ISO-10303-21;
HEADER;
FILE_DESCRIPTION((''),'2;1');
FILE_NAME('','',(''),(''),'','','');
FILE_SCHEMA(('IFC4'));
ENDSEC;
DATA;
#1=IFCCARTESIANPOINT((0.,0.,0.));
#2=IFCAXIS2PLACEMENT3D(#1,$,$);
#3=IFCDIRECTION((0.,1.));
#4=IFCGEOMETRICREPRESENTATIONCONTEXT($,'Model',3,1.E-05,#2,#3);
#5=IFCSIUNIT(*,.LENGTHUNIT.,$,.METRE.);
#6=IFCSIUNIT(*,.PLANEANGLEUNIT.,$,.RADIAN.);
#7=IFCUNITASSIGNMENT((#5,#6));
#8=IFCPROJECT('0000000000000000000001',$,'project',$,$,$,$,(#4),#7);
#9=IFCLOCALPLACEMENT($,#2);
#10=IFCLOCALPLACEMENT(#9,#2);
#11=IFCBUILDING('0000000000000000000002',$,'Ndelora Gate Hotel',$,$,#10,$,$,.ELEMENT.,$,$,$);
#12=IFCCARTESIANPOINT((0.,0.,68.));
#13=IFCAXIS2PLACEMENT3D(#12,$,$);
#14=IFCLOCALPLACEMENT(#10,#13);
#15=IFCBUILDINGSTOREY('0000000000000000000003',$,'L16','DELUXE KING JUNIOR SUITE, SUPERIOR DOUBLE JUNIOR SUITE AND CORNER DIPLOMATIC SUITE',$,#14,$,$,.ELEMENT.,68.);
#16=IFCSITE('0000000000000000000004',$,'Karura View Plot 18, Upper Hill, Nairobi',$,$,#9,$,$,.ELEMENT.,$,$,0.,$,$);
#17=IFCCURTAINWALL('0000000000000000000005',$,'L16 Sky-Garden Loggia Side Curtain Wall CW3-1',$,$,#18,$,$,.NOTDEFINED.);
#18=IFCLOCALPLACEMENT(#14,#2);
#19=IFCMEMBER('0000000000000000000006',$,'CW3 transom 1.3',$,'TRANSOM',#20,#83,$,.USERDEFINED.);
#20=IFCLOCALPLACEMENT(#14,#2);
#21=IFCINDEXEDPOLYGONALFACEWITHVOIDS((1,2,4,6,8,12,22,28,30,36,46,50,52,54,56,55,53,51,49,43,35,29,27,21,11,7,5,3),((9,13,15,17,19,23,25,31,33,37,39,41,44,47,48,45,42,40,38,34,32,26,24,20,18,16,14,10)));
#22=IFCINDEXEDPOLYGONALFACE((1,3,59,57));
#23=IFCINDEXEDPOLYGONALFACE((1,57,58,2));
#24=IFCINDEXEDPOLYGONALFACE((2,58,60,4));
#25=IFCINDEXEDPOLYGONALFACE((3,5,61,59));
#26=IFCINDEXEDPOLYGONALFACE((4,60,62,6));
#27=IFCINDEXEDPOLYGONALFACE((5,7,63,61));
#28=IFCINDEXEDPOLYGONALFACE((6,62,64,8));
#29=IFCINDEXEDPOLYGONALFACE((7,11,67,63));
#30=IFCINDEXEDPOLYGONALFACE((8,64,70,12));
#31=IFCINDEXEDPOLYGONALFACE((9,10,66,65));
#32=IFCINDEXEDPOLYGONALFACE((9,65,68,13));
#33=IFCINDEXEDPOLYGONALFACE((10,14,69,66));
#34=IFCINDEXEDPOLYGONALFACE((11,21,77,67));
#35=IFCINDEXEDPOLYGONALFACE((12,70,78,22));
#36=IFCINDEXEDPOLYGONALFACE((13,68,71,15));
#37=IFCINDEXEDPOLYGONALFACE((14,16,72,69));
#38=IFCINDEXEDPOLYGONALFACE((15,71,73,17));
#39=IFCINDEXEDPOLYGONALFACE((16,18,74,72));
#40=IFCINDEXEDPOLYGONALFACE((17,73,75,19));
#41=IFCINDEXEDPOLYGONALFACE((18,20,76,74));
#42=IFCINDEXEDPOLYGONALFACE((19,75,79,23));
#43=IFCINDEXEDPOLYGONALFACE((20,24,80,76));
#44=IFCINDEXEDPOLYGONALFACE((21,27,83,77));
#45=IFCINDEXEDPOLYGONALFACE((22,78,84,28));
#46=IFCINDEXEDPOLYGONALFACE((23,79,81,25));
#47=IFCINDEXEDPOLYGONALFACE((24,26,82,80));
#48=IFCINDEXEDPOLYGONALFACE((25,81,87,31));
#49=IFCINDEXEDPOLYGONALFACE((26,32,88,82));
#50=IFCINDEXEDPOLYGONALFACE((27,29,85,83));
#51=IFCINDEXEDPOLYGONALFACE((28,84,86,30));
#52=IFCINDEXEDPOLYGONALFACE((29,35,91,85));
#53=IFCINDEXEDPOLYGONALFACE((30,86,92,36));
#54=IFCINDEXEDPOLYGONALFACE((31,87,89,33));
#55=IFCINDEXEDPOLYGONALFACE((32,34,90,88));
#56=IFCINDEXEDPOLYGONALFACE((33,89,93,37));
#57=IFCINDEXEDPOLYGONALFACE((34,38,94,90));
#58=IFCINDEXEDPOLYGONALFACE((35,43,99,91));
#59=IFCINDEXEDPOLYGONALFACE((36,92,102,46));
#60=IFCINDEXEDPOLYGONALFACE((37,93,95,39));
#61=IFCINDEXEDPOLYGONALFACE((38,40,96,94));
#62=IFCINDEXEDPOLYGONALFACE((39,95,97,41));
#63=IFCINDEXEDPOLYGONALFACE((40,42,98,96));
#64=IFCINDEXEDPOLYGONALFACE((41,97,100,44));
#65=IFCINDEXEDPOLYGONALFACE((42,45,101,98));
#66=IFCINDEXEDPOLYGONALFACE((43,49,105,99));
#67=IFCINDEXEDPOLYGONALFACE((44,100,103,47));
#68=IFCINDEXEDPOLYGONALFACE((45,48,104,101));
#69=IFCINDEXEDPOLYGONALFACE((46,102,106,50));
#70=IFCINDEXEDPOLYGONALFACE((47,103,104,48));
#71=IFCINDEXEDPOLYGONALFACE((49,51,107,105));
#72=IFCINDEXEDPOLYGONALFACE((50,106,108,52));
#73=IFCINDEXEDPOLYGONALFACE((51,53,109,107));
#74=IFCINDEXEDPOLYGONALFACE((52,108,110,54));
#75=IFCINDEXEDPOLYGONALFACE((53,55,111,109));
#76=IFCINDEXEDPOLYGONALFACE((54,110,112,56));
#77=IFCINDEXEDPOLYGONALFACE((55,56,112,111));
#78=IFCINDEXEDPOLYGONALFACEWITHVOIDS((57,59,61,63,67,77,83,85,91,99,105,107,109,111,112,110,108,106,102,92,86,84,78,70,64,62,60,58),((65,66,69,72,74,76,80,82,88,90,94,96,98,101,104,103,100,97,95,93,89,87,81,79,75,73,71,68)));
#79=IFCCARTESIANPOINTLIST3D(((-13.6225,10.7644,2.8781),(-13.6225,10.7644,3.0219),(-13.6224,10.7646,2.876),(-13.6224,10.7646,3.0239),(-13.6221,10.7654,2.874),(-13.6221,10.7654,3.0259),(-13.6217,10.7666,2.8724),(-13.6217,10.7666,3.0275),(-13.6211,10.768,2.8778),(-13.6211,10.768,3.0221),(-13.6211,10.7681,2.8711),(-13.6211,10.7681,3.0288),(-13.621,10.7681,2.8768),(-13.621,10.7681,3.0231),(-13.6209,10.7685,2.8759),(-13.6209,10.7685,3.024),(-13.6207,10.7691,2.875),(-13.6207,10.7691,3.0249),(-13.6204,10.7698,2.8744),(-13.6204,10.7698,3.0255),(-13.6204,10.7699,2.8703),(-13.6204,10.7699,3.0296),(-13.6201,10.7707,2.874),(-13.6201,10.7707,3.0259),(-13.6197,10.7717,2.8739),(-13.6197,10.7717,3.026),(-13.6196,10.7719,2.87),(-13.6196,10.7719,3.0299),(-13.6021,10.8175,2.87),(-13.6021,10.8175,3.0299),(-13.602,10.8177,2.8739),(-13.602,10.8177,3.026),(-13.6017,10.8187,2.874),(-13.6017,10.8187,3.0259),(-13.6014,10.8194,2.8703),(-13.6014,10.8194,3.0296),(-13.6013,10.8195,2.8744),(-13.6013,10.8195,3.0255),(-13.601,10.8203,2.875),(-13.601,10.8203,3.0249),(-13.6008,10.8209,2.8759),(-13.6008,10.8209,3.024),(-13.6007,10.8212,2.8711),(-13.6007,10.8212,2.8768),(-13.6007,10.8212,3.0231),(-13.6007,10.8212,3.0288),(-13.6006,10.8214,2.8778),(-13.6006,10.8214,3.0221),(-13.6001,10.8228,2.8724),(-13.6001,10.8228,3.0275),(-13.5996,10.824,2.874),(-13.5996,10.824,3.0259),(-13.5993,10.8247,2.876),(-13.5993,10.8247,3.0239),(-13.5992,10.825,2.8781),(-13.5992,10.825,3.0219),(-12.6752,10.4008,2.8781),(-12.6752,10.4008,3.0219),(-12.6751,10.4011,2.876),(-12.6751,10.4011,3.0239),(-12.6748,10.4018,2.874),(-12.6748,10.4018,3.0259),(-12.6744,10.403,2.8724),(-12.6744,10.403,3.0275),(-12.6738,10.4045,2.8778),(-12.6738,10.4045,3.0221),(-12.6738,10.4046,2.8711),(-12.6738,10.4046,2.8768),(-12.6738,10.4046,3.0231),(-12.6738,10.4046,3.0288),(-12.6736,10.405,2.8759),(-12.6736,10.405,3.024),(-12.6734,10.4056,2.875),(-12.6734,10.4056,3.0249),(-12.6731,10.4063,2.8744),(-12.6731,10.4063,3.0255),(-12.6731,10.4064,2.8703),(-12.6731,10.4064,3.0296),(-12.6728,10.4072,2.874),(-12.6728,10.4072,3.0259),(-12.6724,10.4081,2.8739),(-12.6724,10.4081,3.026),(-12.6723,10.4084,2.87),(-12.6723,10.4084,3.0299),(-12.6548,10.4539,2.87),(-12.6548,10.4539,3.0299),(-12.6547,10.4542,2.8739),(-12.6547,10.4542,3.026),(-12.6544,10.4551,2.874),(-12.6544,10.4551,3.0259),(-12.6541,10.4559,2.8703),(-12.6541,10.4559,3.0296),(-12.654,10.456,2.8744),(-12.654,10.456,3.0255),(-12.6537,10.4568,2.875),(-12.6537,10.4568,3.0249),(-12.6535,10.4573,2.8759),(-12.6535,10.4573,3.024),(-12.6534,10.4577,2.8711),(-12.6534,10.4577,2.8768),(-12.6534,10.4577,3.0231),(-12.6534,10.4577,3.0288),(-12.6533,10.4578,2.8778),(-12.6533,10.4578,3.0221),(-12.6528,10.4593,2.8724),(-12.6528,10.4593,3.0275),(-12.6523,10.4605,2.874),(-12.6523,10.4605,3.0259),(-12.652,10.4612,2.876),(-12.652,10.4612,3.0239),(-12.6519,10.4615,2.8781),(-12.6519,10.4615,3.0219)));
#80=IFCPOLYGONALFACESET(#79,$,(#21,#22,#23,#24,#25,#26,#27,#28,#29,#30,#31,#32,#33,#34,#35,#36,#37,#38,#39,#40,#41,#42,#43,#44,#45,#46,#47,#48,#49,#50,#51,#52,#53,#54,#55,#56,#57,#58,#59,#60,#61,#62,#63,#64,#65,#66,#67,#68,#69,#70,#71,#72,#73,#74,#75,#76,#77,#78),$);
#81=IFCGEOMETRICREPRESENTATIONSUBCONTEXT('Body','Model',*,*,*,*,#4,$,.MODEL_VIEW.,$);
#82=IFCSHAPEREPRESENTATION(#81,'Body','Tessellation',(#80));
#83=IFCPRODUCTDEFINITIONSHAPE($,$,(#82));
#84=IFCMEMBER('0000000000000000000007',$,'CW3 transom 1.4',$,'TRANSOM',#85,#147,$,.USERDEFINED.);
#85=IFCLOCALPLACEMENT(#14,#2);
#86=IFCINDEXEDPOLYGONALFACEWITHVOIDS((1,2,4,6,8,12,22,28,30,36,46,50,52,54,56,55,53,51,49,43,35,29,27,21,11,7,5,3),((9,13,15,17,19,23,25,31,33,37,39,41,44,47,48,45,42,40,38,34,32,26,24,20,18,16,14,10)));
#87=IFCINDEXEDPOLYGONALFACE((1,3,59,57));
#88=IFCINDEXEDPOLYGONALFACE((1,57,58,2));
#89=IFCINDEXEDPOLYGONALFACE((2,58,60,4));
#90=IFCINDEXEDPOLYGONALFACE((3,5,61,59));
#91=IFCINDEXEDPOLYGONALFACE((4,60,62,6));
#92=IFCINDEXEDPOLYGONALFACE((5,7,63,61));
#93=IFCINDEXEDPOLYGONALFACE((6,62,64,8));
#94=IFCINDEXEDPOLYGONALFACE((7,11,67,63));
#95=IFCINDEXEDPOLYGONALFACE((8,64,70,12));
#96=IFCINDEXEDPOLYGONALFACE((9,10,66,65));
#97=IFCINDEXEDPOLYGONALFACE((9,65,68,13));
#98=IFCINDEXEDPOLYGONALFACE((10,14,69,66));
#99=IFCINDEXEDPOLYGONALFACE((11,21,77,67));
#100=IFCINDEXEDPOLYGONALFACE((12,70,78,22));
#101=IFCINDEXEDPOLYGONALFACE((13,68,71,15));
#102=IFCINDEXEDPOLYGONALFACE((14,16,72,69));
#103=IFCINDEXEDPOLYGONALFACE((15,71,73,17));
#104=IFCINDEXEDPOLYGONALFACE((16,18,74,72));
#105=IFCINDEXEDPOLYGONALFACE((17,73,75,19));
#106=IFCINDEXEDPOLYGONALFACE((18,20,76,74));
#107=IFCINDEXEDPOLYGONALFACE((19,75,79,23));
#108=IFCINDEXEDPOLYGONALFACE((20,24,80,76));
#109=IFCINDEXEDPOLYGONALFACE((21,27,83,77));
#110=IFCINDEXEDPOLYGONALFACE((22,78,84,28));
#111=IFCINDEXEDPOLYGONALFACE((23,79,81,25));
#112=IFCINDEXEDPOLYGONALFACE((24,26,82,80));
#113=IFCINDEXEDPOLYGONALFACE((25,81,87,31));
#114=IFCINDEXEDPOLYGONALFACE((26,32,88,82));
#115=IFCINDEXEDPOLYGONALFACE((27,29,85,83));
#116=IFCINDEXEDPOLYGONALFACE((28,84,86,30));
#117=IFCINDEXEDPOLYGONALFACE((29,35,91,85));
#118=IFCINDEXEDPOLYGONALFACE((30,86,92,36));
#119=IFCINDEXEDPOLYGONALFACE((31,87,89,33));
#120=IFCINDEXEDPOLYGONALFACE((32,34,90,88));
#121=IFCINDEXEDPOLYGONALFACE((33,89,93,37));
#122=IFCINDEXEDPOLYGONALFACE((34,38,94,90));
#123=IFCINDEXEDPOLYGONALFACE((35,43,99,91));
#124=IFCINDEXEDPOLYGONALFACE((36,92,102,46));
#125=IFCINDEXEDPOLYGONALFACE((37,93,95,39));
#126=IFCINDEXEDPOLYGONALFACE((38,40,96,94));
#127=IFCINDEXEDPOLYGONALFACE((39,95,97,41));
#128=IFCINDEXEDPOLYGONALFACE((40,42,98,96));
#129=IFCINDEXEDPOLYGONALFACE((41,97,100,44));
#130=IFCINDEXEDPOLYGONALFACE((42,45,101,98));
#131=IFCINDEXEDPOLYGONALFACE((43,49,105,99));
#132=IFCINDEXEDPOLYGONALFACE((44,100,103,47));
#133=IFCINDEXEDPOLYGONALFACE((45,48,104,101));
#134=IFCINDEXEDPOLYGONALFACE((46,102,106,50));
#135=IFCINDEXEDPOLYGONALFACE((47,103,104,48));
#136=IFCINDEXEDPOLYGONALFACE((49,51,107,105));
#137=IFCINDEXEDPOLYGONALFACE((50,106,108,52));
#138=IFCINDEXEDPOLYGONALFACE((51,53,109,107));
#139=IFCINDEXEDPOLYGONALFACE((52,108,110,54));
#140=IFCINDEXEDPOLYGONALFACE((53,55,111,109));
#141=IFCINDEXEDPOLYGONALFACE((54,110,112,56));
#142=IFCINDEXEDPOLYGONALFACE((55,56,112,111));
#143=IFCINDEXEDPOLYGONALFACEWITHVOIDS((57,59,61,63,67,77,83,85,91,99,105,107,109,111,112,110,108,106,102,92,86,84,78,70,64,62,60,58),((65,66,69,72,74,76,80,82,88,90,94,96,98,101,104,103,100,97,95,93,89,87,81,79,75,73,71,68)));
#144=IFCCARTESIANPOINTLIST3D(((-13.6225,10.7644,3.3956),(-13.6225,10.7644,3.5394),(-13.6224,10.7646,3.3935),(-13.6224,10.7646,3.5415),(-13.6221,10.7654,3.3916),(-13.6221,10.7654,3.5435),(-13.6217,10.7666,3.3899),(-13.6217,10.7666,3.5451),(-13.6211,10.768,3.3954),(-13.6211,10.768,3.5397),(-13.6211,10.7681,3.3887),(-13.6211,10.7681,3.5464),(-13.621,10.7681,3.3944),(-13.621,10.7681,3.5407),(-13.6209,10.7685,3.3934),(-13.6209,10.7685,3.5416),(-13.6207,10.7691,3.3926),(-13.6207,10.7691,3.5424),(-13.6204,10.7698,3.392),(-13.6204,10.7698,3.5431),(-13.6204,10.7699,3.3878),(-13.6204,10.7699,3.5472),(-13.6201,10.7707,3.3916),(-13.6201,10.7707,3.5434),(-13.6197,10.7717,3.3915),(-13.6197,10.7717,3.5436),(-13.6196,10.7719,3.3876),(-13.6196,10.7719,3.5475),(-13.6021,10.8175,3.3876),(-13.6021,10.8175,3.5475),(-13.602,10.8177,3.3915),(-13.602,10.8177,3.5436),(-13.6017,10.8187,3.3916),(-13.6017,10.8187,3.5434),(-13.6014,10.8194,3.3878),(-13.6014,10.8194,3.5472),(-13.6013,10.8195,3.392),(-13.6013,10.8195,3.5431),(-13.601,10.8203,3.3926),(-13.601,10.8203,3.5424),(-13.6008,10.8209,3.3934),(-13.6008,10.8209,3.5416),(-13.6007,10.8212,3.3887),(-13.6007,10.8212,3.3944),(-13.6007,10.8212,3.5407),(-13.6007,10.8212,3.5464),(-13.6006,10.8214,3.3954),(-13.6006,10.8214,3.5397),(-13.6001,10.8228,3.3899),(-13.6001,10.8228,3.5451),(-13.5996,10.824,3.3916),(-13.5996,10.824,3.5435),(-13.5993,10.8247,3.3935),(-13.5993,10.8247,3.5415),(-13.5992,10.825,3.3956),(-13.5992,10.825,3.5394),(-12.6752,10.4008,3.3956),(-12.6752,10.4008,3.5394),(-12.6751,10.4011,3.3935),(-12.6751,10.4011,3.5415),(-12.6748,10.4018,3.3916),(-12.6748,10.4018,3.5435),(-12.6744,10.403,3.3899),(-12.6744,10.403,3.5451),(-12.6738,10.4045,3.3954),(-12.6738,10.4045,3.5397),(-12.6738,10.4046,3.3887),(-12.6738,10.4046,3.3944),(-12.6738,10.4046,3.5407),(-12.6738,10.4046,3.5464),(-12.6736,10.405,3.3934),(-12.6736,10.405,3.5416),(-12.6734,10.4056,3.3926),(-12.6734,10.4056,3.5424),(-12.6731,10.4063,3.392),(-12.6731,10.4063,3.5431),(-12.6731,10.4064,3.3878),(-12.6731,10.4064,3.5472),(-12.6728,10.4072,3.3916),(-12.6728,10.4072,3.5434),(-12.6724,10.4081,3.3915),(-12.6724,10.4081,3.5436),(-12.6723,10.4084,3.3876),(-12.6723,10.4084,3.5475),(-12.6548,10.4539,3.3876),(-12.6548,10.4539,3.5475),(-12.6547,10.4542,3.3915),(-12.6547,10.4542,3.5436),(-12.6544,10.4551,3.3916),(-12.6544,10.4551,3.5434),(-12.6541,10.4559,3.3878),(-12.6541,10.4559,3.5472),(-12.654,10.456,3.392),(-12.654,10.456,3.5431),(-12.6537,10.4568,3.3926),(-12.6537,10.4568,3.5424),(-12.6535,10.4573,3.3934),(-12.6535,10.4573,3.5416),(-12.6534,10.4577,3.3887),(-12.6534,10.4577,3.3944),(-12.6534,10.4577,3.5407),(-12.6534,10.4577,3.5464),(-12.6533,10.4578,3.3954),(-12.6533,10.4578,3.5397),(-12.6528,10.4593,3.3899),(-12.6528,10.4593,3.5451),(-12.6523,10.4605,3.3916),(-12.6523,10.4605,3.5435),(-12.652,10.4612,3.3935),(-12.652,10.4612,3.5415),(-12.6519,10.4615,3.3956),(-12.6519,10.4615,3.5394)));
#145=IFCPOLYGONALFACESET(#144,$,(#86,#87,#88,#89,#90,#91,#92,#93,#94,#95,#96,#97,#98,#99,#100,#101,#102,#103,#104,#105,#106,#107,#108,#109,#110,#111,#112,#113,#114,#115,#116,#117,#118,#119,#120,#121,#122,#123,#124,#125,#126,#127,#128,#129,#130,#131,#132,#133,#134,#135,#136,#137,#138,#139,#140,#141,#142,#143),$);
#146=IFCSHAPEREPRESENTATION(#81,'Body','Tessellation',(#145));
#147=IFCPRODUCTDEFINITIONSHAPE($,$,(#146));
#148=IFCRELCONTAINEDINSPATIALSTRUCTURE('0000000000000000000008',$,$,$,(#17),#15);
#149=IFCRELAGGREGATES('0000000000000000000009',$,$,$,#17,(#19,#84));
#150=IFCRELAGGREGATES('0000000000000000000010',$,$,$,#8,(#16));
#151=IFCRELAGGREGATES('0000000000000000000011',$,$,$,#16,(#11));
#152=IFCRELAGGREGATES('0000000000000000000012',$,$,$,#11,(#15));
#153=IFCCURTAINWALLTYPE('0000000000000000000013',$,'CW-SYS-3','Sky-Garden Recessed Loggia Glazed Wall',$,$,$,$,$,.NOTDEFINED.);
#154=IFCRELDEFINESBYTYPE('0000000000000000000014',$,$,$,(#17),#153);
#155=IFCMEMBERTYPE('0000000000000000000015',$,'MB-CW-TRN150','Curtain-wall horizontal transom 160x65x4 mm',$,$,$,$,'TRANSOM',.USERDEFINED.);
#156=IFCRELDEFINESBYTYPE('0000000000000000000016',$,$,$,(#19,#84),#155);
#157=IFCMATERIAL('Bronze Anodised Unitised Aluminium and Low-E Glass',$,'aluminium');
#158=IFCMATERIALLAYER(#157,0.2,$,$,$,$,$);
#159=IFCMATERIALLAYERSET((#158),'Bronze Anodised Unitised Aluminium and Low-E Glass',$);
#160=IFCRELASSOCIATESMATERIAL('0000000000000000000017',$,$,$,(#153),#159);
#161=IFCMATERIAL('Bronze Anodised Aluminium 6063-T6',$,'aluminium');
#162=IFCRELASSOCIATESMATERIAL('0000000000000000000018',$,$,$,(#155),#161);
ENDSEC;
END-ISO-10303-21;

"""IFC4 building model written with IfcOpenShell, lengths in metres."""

from ifc_helpers import new_model, si_unit, direction, frame, origin, origin_2d, place, context, subcontext, project, spatial, hollow_rectangle, extrude, material, layer, layer_set, material_profile, profile_set, type_object, element, aggregate, save


model = new_model("IFC4")

# Units and contexts
model_context = context("Model", 3, precision=1e-05, world=origin(), true_north=direction((0.0, 1.0)))
body_context = subcontext(model_context, "Body", "Model", "MODEL_VIEW")
ifc_project = project(units=[si_unit("LENGTHUNIT", "METRE"), si_unit("PLANEANGLEUNIT", "RADIAN")], contexts=[model_context])

# Site, building, storey
site_placement = place(None, origin())
site = spatial("IfcSite", under=ifc_project, at=site_placement, Name="Karura View Plot 18, Upper Hill, Nairobi", CompositionType="ELEMENT", RefElevation=0.0)
building_placement = place(site_placement, origin())
building = spatial("IfcBuilding", under=site, at=building_placement, Name="Ndelora Gate Hotel", CompositionType="ELEMENT")
storey_placement = place(building_placement, frame((0.0, 0.0, 68.0)))
storey = spatial("IfcBuildingStorey", under=building, at=storey_placement, Name="L16", Description="DELUXE KING JUNIOR SUITE, SUPERIOR DOUBLE JUNIOR SUITE AND CORNER DIPLOMATIC SUITE", CompositionType="ELEMENT", Elevation=68.0)

# Curtain wall, members
ifc_material_1 = material(Name="Bronze Anodised Unitised Aluminium and Low-E Glass", Category="aluminium")
ifc_layer_1 = layer(ifc_material_1, 0.2)
ifc_layer_set_1 = layer_set([ifc_layer_1], Name="Bronze Anodised Unitised Aluminium and Low-E Glass")
curtain_wall_type = type_object("IfcCurtainWallType", Name="CW-SYS-3", Description="Sky-Garden Recessed Loggia Glazed Wall", PredefinedType="NOTDEFINED", material=ifc_layer_set_1)
curtain_wall_placement = place(storey_placement, origin())
curtain_wall = element("IfcCurtainWall", 1, at=curtain_wall_placement, inside=storey, type_object=curtain_wall_type, Name="L16 Sky-Garden Loggia Side Curtain Wall CW3-1", PredefinedType="NOTDEFINED")
ifc_material_2 = material(Name="Bronze Anodised Aluminium 6063-T6", Category="aluminium")
ifc_material_profile_1 = material_profile(ifc_material_2, hollow_rectangle(XDim=0.0649, YDim=0.1599, WallThickness=0.0039, InnerFilletRadius=0.0039, OuterFilletRadius=0.0081, at=origin_2d()), Name="ALU 160x65x4")
ifc_profile_set_1 = profile_set([ifc_material_profile_1], Name="Bronze Anodised Aluminium 6063-T6")
member_type_1 = type_object("IfcMemberType", Name="MB-CW-TRN150", Description="Curtain-wall horizontal transom 160x65x4 mm", ElementType="TRANSOM", PredefinedType="USERDEFINED", material=ifc_profile_set_1)
member_1_placement = place(storey_placement, frame((-12.6636, 10.4312, 2.95), z_axis=(-0.933612, 0.358286, 0.0), x_axis=(-0.358286, -0.933612, 0.0)))
member_1 = element("IfcMember", 2, at=member_1_placement, type_object=member_type_1, Name="CW3 transom 1.3", ObjectType="TRANSOM", PredefinedType="USERDEFINED", context=body_context, shape_type="SweptSolid", body=[
    extrude(hollow_rectangle(XDim=0.0649, YDim=0.1599, WallThickness=0.0039, InnerFilletRadius=0.0039, OuterFilletRadius=0.0081, at=origin_2d()), origin(), (0.0, 0.0, 1.0), 1.0146),
])
member_2_placement = place(storey_placement, frame((-12.6636, 10.4312, 3.4675), z_axis=(-0.933612, 0.358286, 0.0), x_axis=(-0.358286, -0.933612, 0.0)))
member_2 = element("IfcMember", 3, at=member_2_placement, type_object=member_type_1, Name="CW3 transom 1.4", ObjectType="TRANSOM", PredefinedType="USERDEFINED", context=body_context, shape_type="SweptSolid", body=[
    extrude(hollow_rectangle(XDim=0.0649, YDim=0.1599, WallThickness=0.0039, InnerFilletRadius=0.0039, OuterFilletRadius=0.0081, at=origin_2d()), origin(), (0.0, 0.0, 1.0), 1.0146),
])
aggregate(curtain_wall, [member_1, member_2])

save(model, "model.ifc")
